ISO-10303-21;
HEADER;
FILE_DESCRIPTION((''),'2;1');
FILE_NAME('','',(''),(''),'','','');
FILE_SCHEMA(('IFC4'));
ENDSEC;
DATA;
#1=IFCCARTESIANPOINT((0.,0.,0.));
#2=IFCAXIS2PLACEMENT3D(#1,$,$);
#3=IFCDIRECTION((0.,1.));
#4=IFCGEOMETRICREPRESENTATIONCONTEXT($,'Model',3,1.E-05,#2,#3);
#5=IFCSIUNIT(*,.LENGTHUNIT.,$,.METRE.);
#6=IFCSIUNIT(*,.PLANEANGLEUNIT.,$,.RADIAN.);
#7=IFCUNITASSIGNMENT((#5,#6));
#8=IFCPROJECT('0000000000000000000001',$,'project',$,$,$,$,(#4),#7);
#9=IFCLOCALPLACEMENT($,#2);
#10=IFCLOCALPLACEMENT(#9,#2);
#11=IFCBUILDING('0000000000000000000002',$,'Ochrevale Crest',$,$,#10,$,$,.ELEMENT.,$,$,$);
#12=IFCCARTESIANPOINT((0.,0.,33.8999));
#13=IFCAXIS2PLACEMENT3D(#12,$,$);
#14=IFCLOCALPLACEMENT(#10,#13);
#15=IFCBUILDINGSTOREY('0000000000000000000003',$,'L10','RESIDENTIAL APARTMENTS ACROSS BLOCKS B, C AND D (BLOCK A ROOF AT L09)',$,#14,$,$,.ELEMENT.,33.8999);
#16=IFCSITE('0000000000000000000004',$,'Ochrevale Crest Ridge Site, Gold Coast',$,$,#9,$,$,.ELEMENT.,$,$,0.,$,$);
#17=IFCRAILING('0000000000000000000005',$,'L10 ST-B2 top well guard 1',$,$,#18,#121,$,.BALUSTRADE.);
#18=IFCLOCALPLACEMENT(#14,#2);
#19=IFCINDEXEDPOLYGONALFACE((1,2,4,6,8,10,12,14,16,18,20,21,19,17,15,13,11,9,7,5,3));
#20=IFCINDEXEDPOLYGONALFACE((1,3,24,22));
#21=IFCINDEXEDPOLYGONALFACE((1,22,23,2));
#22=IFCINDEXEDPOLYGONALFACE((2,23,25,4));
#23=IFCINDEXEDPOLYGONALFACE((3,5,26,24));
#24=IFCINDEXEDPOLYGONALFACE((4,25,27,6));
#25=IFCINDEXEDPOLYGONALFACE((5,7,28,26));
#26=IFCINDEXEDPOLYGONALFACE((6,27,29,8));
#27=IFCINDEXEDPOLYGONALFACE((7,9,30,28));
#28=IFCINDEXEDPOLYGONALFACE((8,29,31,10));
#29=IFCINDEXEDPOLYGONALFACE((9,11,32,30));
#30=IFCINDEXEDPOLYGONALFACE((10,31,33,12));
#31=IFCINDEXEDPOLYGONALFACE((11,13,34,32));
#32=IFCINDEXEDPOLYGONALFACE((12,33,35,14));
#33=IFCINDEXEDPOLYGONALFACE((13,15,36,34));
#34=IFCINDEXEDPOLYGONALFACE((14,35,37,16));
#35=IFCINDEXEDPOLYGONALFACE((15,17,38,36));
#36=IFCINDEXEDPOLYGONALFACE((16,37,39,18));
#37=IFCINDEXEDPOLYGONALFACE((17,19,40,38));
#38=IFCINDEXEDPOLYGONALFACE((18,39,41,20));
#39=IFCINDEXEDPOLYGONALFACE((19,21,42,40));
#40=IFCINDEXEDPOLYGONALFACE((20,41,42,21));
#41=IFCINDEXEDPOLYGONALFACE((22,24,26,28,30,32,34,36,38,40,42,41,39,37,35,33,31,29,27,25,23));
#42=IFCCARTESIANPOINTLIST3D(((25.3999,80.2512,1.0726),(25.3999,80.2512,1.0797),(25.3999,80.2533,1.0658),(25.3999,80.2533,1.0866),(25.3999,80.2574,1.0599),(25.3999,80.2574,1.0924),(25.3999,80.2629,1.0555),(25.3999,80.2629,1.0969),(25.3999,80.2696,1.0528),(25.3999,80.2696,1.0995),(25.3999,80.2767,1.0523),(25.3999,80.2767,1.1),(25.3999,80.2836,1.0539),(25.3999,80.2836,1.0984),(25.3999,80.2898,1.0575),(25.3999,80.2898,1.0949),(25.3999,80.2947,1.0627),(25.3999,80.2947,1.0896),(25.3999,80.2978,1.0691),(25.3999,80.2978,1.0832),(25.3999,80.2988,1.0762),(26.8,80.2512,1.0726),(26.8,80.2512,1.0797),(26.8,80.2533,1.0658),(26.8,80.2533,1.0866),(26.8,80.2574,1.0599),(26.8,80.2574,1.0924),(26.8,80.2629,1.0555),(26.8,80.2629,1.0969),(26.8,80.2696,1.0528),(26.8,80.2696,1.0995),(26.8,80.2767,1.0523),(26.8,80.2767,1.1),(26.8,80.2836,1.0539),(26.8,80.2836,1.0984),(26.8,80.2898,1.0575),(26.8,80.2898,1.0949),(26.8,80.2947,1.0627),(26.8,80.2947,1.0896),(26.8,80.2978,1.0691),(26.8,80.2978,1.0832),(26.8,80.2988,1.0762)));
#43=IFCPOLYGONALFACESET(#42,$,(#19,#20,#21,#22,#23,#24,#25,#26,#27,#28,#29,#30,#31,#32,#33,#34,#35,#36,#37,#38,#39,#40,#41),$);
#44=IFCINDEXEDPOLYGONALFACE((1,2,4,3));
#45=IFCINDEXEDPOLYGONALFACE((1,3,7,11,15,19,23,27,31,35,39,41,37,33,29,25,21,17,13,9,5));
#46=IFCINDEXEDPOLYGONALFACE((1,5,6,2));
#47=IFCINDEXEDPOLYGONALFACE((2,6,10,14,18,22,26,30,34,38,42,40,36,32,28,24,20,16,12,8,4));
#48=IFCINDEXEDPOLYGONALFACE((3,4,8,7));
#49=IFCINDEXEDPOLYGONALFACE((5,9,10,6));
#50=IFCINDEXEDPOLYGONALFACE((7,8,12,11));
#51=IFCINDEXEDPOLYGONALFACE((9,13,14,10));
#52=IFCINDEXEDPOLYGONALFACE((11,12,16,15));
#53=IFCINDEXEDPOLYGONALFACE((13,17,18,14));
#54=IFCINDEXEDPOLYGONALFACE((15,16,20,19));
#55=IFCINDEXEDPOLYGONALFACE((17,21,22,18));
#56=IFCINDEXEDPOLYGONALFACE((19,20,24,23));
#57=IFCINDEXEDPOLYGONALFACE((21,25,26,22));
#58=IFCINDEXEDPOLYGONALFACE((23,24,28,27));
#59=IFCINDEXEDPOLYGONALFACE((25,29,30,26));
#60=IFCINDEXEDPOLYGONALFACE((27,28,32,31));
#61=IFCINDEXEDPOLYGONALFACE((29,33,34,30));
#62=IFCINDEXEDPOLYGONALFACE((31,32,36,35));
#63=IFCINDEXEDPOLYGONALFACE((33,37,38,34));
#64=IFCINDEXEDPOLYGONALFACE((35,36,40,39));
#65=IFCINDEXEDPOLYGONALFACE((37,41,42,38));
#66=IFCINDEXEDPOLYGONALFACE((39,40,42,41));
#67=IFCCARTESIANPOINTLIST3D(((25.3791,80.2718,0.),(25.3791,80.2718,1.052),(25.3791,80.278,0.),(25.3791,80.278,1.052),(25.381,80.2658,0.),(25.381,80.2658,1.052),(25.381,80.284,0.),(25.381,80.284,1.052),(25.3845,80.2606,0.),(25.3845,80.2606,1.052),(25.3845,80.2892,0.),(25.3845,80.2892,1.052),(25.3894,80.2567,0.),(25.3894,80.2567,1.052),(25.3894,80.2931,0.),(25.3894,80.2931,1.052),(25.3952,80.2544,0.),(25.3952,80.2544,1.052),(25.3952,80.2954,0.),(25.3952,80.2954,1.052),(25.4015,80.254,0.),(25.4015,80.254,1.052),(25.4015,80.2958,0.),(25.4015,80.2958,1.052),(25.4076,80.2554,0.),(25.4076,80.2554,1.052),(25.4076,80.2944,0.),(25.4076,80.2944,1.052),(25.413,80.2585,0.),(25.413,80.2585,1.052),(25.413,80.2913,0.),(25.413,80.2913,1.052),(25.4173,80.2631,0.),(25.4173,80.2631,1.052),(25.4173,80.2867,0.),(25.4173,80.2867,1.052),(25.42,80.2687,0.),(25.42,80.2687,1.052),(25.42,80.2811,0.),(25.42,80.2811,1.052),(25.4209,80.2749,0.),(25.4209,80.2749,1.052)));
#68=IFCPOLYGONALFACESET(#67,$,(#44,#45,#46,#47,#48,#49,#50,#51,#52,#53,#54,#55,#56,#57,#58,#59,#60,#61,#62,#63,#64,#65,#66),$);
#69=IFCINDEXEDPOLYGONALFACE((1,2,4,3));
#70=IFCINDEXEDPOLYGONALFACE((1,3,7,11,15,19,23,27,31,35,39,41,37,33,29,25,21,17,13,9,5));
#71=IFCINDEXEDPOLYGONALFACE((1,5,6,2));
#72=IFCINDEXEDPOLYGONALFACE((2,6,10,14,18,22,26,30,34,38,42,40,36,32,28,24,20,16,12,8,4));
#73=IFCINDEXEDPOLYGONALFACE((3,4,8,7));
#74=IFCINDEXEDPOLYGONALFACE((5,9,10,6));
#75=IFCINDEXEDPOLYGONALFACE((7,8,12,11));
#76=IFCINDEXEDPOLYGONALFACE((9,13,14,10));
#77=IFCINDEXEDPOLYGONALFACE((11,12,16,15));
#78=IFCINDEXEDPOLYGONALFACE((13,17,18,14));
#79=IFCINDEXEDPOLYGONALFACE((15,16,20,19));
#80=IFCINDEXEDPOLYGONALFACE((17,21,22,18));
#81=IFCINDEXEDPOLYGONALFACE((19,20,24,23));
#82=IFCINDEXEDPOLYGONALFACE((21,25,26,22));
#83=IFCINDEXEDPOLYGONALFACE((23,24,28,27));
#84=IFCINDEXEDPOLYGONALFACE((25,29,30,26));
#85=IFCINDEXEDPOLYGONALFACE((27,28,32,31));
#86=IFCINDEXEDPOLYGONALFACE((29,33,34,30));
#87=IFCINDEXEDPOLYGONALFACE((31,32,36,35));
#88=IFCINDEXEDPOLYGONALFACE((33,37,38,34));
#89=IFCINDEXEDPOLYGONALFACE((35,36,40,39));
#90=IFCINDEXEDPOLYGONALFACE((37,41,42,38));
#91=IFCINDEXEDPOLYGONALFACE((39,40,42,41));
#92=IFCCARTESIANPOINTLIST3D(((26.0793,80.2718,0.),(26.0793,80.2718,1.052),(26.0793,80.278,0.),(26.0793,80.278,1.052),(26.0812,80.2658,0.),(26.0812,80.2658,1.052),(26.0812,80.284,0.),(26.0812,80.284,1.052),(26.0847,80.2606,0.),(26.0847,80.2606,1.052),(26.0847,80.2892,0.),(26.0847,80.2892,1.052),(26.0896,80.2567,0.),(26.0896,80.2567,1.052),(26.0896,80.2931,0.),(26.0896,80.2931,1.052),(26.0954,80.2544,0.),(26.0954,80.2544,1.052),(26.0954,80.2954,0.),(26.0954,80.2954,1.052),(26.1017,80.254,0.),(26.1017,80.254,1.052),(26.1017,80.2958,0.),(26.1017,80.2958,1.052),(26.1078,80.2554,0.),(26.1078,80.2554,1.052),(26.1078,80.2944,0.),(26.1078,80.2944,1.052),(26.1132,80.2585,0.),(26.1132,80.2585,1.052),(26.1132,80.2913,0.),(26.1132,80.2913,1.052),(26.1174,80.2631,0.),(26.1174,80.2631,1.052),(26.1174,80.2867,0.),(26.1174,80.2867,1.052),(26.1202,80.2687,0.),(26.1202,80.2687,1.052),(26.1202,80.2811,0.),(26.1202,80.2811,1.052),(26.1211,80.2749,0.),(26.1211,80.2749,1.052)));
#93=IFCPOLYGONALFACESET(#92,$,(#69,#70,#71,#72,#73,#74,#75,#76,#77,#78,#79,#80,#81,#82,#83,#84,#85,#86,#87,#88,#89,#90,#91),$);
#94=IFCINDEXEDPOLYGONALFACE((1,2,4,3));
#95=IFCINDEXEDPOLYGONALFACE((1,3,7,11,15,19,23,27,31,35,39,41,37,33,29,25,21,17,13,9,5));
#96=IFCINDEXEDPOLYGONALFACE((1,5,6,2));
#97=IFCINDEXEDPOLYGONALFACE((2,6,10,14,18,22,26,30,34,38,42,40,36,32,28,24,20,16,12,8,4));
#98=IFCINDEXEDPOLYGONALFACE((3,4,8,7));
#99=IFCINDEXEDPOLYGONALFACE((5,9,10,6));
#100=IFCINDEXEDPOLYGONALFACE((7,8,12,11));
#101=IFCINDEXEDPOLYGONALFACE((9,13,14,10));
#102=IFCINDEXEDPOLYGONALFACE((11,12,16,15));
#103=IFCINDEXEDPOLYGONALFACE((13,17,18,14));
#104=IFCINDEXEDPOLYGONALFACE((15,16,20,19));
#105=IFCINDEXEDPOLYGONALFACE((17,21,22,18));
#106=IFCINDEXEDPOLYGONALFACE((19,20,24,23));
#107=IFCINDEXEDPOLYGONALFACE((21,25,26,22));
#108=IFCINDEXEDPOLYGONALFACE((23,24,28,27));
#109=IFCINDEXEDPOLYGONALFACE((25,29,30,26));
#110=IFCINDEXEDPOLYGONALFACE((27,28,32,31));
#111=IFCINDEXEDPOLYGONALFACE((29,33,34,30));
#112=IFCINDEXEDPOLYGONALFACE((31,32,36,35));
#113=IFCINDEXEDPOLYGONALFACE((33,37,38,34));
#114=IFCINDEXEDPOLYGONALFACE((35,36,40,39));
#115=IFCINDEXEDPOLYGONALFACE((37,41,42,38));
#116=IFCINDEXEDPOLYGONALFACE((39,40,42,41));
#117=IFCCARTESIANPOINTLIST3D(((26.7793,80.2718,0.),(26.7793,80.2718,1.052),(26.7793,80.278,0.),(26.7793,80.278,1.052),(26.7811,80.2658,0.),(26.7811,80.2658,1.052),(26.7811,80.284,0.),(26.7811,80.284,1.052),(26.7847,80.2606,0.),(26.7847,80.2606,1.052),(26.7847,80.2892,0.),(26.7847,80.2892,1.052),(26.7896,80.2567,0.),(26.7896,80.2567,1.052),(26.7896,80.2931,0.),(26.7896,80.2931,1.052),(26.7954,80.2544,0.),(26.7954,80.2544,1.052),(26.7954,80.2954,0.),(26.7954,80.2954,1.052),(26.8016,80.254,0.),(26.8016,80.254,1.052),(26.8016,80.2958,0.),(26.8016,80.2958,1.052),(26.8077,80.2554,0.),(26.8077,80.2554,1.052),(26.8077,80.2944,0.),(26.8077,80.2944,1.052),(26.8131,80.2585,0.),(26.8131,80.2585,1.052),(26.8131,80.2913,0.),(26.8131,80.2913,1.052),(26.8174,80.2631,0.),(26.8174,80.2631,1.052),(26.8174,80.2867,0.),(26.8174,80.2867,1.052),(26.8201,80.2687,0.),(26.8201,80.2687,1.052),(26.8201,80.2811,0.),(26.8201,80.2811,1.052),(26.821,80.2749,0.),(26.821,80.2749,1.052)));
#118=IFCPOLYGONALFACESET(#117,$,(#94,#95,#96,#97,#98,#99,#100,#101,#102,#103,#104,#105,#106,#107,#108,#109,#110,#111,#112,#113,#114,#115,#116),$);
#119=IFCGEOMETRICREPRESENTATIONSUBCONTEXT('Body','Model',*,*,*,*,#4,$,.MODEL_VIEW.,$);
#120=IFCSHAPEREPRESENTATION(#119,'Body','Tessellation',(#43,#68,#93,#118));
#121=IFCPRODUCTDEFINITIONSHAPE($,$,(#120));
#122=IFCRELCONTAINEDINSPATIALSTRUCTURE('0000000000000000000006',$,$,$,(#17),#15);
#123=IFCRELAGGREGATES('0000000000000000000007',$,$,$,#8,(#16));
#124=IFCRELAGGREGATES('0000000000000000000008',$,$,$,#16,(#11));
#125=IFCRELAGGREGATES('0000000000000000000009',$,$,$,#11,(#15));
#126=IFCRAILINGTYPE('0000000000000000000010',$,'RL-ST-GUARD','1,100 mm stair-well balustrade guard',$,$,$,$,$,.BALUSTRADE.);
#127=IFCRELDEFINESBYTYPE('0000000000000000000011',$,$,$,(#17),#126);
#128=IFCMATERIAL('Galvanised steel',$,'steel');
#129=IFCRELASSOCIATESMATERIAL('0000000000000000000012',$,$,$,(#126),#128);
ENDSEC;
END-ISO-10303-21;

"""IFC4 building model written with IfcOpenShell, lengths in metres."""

from ifc_helpers import new_model, si_unit, direction, frame, origin, origin_2d, place, context, subcontext, project, spatial, circle, extrude, material, type_object, element, save


model = new_model("IFC4")

# Units and contexts
model_context = context("Model", 3, precision=1e-05, world=origin(), true_north=direction((0.0, 1.0)))
body_context = subcontext(model_context, "Body", "Model", "MODEL_VIEW")
ifc_project = project(units=[si_unit("LENGTHUNIT", "METRE"), si_unit("PLANEANGLEUNIT", "RADIAN")], contexts=[model_context])

# Site, building, storey
site_placement = place(None, origin())
site = spatial("IfcSite", under=ifc_project, at=site_placement, Name="Ochrevale Crest Ridge Site, Gold Coast", CompositionType="ELEMENT", RefElevation=0.0)
building_placement = place(site_placement, origin())
building = spatial("IfcBuilding", under=site, at=building_placement, Name="Ochrevale Crest", CompositionType="ELEMENT")
storey_placement = place(building_placement, frame((0.0, 0.0, 33.8999)))
storey = spatial("IfcBuildingStorey", under=building, at=storey_placement, Name="L10", Description="RESIDENTIAL APARTMENTS ACROSS BLOCKS B, C AND D (BLOCK A ROOF AT L09)", CompositionType="ELEMENT", Elevation=33.8999)

# Railing
ifc_material_1 = material(Name="Galvanised steel", Category="steel")
railing_type = type_object("IfcRailingType", Name="RL-ST-GUARD", Description="1,100 mm stair-well balustrade guard", PredefinedType="BALUSTRADE", material=ifc_material_1)
railing_placement = place(storey_placement, frame((25.3999, 80.2749, 0.0)))
element("IfcRailing", 1, at=railing_placement, inside=storey, type_object=railing_type, Name="L10 ST-B2 top well guard 1", PredefinedType="BALUSTRADE", context=body_context, shape_type="SweptSolid", body=[
    extrude(circle(Radius=0.0239, at=origin_2d()), frame((0.0, 0.0, 1.0762), z_axis=(1.0, 0.0, 0.0), x_axis=(0.0, 1.0, 0.0)), (0.0, 0.0, 1.0), 1.4001),
    extrude(circle(Radius=0.021, at=origin_2d()), origin(), (0.0, 0.0, 1.0), 1.052),
    extrude(circle(Radius=0.021, at=origin_2d()), frame((0.7002, 0.0, 0.0)), (0.0, 0.0, 1.0), 1.052),
    extrude(circle(Radius=0.021, at=origin_2d()), frame((1.4001, 0.0, 0.0)), (0.0, 0.0, 1.0), 1.052),
])

save(model, "model.ifc")
